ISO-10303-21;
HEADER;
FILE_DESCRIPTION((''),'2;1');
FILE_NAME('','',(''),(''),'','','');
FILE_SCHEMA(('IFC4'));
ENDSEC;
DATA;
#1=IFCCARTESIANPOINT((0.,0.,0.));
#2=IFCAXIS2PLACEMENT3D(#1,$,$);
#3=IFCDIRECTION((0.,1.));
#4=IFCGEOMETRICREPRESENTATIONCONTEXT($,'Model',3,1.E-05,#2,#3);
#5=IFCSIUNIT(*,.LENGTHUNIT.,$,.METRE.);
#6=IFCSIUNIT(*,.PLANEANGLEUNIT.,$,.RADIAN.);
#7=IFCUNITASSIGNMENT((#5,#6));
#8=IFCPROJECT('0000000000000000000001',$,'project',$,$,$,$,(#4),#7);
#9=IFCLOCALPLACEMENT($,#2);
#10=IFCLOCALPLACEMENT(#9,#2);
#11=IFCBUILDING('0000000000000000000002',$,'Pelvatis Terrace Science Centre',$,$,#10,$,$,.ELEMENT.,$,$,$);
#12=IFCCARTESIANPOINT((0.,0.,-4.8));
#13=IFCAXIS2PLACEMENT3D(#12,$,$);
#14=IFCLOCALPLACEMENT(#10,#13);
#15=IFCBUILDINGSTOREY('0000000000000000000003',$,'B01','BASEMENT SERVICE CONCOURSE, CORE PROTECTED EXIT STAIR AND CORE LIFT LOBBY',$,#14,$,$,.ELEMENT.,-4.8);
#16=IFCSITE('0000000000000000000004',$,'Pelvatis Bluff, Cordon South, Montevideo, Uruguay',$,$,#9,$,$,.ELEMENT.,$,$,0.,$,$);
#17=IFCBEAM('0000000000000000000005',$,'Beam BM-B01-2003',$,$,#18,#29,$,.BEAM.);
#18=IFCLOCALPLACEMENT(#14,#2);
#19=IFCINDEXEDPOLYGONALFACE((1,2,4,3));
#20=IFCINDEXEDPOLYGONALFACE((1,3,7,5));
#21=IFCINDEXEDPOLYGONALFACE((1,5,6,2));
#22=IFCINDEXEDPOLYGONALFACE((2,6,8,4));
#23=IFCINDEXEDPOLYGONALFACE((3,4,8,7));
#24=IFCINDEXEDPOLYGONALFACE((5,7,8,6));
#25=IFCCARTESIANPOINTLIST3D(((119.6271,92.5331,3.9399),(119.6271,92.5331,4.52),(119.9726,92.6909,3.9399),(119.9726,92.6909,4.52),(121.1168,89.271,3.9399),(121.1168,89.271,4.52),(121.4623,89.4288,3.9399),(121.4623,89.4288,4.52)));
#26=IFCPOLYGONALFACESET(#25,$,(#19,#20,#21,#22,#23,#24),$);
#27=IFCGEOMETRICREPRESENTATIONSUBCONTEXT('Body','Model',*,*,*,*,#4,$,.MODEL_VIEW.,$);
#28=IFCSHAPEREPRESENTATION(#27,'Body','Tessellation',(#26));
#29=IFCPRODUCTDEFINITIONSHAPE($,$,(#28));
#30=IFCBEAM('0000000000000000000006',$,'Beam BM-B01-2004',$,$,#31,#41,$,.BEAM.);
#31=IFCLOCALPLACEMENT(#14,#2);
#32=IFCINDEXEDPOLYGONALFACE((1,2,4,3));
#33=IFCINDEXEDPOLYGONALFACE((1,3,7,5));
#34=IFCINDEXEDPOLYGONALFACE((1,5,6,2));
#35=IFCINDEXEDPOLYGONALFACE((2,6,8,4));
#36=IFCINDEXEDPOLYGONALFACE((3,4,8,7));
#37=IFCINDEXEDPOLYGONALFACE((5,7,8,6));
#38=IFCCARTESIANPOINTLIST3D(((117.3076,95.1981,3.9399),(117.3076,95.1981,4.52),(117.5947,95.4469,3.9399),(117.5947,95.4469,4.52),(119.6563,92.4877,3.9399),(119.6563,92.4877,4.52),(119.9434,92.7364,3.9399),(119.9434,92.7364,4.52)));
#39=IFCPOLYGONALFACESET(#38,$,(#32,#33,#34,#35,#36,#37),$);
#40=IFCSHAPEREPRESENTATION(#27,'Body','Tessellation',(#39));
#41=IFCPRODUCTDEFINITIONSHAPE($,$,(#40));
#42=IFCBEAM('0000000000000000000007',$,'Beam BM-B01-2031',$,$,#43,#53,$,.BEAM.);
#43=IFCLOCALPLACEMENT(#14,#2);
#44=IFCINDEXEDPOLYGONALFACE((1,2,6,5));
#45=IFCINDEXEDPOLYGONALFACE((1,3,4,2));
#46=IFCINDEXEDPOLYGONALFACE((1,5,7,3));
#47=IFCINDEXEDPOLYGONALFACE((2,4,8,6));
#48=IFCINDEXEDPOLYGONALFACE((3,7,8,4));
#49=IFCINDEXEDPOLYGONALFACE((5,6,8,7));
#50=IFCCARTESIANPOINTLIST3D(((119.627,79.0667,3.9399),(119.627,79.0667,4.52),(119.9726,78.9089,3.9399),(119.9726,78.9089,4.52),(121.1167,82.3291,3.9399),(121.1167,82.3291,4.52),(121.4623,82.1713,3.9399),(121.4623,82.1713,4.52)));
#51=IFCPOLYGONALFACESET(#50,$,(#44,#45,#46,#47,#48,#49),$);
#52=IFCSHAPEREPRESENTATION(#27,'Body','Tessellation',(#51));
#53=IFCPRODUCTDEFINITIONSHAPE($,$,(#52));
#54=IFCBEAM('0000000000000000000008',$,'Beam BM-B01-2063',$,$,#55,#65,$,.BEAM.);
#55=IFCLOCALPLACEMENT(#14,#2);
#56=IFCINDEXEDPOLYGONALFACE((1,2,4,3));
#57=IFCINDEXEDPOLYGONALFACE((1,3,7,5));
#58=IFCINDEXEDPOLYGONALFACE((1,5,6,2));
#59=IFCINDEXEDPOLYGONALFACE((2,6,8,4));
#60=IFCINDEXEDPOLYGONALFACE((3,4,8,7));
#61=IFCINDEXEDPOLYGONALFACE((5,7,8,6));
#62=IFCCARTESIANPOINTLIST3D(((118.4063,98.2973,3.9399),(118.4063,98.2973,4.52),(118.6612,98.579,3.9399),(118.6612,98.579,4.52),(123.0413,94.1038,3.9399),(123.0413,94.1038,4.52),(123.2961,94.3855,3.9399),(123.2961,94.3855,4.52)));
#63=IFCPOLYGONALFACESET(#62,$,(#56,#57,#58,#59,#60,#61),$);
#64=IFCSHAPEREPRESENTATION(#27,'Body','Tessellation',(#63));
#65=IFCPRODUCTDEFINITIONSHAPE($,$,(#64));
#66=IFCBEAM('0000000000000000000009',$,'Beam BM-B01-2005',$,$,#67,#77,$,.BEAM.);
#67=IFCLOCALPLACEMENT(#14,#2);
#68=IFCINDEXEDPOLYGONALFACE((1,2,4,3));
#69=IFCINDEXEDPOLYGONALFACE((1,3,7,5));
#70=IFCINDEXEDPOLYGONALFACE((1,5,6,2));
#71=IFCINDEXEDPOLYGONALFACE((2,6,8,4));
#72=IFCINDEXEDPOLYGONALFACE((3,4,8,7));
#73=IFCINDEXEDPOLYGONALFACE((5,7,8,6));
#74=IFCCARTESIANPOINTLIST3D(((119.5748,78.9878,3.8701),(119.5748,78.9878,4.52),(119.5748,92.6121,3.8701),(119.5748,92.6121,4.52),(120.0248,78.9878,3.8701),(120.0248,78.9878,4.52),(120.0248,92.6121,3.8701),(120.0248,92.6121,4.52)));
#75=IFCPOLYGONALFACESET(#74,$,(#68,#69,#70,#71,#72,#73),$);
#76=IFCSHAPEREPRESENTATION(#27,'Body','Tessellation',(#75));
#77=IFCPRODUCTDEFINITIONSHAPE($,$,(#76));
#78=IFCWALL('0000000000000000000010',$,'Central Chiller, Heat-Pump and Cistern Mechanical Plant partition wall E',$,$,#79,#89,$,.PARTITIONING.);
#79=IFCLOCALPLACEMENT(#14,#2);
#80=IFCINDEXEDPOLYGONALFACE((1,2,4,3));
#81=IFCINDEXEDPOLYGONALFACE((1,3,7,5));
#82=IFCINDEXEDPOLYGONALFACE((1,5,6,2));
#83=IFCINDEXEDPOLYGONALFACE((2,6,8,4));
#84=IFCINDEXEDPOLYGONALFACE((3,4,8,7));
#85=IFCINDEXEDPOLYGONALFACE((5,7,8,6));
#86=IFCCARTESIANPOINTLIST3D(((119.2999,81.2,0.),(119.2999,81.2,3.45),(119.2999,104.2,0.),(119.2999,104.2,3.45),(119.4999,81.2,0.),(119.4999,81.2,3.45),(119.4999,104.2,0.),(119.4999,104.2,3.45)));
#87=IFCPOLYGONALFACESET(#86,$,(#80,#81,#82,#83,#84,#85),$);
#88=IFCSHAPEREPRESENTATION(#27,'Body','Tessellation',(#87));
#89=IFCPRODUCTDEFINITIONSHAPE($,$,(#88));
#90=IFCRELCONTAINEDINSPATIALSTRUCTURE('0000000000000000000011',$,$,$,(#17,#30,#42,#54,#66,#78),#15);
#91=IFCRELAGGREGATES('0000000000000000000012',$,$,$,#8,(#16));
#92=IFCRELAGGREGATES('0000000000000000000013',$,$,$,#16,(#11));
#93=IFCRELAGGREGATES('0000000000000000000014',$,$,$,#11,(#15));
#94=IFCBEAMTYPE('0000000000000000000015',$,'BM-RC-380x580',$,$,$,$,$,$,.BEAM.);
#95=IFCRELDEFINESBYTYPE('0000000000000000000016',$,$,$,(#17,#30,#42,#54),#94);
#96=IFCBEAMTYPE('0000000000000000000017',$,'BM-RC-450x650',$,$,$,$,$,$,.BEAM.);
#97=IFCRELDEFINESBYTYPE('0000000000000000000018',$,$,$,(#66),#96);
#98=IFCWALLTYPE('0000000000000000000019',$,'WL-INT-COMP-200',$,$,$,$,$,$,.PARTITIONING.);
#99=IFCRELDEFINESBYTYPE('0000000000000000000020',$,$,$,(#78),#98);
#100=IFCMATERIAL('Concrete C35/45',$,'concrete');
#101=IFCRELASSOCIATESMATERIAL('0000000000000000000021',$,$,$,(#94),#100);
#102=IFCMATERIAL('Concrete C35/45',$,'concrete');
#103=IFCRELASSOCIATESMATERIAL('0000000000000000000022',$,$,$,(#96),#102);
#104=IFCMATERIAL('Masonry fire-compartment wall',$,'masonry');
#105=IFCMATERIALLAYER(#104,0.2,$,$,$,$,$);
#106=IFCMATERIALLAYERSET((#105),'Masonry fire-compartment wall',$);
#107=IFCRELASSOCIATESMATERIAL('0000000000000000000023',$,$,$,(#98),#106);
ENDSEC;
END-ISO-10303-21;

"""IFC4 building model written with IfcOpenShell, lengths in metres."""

from ifc_helpers import new_model, si_unit, direction, frame, frame_2d, origin, origin_2d, place, context, subcontext, project, spatial, rectangle, extrude, material, layer, layer_set, material_profile, profile_set, type_object, element, save


model = new_model("IFC4")

# Units and contexts
model_context = context("Model", 3, precision=1e-05, world=origin(), true_north=direction((0.0, 1.0)))
body_context = subcontext(model_context, "Body", "Model", "MODEL_VIEW")
ifc_project = project(units=[si_unit("LENGTHUNIT", "METRE"), si_unit("PLANEANGLEUNIT", "RADIAN")], contexts=[model_context])

# Site, building, storey
site_placement = place(None, origin())
site = spatial("IfcSite", under=ifc_project, at=site_placement, Name="Pelvatis Bluff, Cordon South, Montevideo, Uruguay", CompositionType="ELEMENT", RefElevation=0.0)
building_placement = place(site_placement, origin())
building = spatial("IfcBuilding", under=site, at=building_placement, Name="Pelvatis Terrace Science Centre", CompositionType="ELEMENT")
storey_placement = place(building_placement, frame((0.0, 0.0, -4.8)))
storey = spatial("IfcBuildingStorey", under=building, at=storey_placement, Name="B01", Description="BASEMENT SERVICE CONCOURSE, CORE PROTECTED EXIT STAIR AND CORE LIFT LOBBY", CompositionType="ELEMENT", Elevation=-4.8)

# Beams
ifc_material_1 = material(Name="Concrete C35/45", Category="concrete")
ifc_material_profile_1 = material_profile(ifc_material_1, rectangle(XDim=0.3799, YDim=0.5801, at=origin_2d()), Name="RC-BM 380x580")
ifc_profile_set_1 = profile_set([ifc_material_profile_1], Name="Concrete C35/45")
beam_type_1 = type_object("IfcBeamType", Name="BM-RC-380x580", PredefinedType="BEAM", material=ifc_profile_set_1)
beam_1_placement = place(storey_placement, frame((121.2896, 89.3499, 4.23), z_axis=(-0.415403, 0.909638, 0.0), x_axis=(-0.909638, -0.415403, 0.0)))
element("IfcBeam", 1, at=beam_1_placement, inside=storey, type_object=beam_type_1, Name="Beam BM-B01-2003", PredefinedType="BEAM", context=body_context, shape_type="SweptSolid", body=[
    extrude(rectangle(XDim=0.3799, YDim=0.5801, at=origin_2d()), origin(), (0.0, 0.0, 1.0), 3.5862),
])
for number, where, z_axis, x_axis, name in (
    (2, (119.7998, 92.6121, 4.23), (-0.654863, 0.755747, 0.0), (-0.755747, -0.654863, 0.0), "Beam BM-B01-2004"),
    (3, (119.7998, 78.9878, 4.23), (0.415377, 0.909649, 0.0), (-0.909649, 0.415377, 0.0), "Beam BM-B01-2031"),
):
    element("IfcBeam", number, at=place(storey_placement, frame(where, z_axis=z_axis, x_axis=x_axis)), inside=storey, type_object=beam_type_1, Name=name, PredefinedType="BEAM", context=body_context, shape_type="SweptSolid", body=[
        extrude(rectangle(XDim=0.3799, YDim=0.5801, at=origin_2d()), origin(), (0.0, 0.0, 1.0), 3.5864),
    ])
beam_2_placement = place(storey_placement, frame((123.1687, 94.2446, 4.23), z_axis=(-0.741534, 0.670915, 0.0), x_axis=(-0.670915, -0.741534, 0.0)))
element("IfcBeam", 4, at=beam_2_placement, inside=storey, type_object=beam_type_1, Name="Beam BM-B01-2063", PredefinedType="BEAM", context=body_context, shape_type="SweptSolid", body=[
    extrude(rectangle(XDim=0.3799, YDim=0.5801, at=origin_2d()), origin(), (0.0, 0.0, 1.0), 6.2505),
])
ifc_material_2 = material(Name="Concrete C35/45", Category="concrete")
ifc_material_profile_2 = material_profile(ifc_material_2, rectangle(XDim=0.45, YDim=0.6499, at=origin_2d()), Name="RC-BM 450x650")
ifc_profile_set_2 = profile_set([ifc_material_profile_2], Name="Concrete C35/45")
beam_type_2 = type_object("IfcBeamType", Name="BM-RC-450x650", PredefinedType="BEAM", material=ifc_profile_set_2)
beam_3_placement = place(storey_placement, frame((119.7998, 92.6121, 4.1951), z_axis=(0.0, -1.0, 0.0), x_axis=(1.0, 0.0, 0.0)))
element("IfcBeam", 5, at=beam_3_placement, inside=storey, type_object=beam_type_2, Name="Beam BM-B01-2005", PredefinedType="BEAM", context=body_context, shape_type="SweptSolid", body=[
    extrude(rectangle(XDim=0.45, YDim=0.6499, at=origin_2d()), origin(), (0.0, 0.0, 1.0), 13.6243),
])

# Wall
ifc_material_3 = material(Name="Masonry fire-compartment wall", Category="masonry")
ifc_layer_1 = layer(ifc_material_3, 0.2)
ifc_layer_set_1 = layer_set([ifc_layer_1], Name="Masonry fire-compartment wall")
wall_type = type_object("IfcWallType", Name="WL-INT-COMP-200", PredefinedType="PARTITIONING", material=ifc_layer_set_1)
wall_placement = place(storey_placement, frame((119.3999, 81.2, 0.0), z_axis=(0.0, 0.0, 1.0), x_axis=(0.0, 1.0, 0.0)))
element("IfcWall", 6, at=wall_placement, inside=storey, type_object=wall_type, Name="Central Chiller, Heat-Pump and Cistern Mechanical Plant partition wall E", PredefinedType="PARTITIONING", context=body_context, shape_type="SweptSolid", body=[
    extrude(rectangle(XDim=23.0, YDim=0.2, at=frame_2d((11.5, 0.0))), origin(), (0.0, 0.0, 1.0), 3.45),
])

save(model, "model.ifc")
